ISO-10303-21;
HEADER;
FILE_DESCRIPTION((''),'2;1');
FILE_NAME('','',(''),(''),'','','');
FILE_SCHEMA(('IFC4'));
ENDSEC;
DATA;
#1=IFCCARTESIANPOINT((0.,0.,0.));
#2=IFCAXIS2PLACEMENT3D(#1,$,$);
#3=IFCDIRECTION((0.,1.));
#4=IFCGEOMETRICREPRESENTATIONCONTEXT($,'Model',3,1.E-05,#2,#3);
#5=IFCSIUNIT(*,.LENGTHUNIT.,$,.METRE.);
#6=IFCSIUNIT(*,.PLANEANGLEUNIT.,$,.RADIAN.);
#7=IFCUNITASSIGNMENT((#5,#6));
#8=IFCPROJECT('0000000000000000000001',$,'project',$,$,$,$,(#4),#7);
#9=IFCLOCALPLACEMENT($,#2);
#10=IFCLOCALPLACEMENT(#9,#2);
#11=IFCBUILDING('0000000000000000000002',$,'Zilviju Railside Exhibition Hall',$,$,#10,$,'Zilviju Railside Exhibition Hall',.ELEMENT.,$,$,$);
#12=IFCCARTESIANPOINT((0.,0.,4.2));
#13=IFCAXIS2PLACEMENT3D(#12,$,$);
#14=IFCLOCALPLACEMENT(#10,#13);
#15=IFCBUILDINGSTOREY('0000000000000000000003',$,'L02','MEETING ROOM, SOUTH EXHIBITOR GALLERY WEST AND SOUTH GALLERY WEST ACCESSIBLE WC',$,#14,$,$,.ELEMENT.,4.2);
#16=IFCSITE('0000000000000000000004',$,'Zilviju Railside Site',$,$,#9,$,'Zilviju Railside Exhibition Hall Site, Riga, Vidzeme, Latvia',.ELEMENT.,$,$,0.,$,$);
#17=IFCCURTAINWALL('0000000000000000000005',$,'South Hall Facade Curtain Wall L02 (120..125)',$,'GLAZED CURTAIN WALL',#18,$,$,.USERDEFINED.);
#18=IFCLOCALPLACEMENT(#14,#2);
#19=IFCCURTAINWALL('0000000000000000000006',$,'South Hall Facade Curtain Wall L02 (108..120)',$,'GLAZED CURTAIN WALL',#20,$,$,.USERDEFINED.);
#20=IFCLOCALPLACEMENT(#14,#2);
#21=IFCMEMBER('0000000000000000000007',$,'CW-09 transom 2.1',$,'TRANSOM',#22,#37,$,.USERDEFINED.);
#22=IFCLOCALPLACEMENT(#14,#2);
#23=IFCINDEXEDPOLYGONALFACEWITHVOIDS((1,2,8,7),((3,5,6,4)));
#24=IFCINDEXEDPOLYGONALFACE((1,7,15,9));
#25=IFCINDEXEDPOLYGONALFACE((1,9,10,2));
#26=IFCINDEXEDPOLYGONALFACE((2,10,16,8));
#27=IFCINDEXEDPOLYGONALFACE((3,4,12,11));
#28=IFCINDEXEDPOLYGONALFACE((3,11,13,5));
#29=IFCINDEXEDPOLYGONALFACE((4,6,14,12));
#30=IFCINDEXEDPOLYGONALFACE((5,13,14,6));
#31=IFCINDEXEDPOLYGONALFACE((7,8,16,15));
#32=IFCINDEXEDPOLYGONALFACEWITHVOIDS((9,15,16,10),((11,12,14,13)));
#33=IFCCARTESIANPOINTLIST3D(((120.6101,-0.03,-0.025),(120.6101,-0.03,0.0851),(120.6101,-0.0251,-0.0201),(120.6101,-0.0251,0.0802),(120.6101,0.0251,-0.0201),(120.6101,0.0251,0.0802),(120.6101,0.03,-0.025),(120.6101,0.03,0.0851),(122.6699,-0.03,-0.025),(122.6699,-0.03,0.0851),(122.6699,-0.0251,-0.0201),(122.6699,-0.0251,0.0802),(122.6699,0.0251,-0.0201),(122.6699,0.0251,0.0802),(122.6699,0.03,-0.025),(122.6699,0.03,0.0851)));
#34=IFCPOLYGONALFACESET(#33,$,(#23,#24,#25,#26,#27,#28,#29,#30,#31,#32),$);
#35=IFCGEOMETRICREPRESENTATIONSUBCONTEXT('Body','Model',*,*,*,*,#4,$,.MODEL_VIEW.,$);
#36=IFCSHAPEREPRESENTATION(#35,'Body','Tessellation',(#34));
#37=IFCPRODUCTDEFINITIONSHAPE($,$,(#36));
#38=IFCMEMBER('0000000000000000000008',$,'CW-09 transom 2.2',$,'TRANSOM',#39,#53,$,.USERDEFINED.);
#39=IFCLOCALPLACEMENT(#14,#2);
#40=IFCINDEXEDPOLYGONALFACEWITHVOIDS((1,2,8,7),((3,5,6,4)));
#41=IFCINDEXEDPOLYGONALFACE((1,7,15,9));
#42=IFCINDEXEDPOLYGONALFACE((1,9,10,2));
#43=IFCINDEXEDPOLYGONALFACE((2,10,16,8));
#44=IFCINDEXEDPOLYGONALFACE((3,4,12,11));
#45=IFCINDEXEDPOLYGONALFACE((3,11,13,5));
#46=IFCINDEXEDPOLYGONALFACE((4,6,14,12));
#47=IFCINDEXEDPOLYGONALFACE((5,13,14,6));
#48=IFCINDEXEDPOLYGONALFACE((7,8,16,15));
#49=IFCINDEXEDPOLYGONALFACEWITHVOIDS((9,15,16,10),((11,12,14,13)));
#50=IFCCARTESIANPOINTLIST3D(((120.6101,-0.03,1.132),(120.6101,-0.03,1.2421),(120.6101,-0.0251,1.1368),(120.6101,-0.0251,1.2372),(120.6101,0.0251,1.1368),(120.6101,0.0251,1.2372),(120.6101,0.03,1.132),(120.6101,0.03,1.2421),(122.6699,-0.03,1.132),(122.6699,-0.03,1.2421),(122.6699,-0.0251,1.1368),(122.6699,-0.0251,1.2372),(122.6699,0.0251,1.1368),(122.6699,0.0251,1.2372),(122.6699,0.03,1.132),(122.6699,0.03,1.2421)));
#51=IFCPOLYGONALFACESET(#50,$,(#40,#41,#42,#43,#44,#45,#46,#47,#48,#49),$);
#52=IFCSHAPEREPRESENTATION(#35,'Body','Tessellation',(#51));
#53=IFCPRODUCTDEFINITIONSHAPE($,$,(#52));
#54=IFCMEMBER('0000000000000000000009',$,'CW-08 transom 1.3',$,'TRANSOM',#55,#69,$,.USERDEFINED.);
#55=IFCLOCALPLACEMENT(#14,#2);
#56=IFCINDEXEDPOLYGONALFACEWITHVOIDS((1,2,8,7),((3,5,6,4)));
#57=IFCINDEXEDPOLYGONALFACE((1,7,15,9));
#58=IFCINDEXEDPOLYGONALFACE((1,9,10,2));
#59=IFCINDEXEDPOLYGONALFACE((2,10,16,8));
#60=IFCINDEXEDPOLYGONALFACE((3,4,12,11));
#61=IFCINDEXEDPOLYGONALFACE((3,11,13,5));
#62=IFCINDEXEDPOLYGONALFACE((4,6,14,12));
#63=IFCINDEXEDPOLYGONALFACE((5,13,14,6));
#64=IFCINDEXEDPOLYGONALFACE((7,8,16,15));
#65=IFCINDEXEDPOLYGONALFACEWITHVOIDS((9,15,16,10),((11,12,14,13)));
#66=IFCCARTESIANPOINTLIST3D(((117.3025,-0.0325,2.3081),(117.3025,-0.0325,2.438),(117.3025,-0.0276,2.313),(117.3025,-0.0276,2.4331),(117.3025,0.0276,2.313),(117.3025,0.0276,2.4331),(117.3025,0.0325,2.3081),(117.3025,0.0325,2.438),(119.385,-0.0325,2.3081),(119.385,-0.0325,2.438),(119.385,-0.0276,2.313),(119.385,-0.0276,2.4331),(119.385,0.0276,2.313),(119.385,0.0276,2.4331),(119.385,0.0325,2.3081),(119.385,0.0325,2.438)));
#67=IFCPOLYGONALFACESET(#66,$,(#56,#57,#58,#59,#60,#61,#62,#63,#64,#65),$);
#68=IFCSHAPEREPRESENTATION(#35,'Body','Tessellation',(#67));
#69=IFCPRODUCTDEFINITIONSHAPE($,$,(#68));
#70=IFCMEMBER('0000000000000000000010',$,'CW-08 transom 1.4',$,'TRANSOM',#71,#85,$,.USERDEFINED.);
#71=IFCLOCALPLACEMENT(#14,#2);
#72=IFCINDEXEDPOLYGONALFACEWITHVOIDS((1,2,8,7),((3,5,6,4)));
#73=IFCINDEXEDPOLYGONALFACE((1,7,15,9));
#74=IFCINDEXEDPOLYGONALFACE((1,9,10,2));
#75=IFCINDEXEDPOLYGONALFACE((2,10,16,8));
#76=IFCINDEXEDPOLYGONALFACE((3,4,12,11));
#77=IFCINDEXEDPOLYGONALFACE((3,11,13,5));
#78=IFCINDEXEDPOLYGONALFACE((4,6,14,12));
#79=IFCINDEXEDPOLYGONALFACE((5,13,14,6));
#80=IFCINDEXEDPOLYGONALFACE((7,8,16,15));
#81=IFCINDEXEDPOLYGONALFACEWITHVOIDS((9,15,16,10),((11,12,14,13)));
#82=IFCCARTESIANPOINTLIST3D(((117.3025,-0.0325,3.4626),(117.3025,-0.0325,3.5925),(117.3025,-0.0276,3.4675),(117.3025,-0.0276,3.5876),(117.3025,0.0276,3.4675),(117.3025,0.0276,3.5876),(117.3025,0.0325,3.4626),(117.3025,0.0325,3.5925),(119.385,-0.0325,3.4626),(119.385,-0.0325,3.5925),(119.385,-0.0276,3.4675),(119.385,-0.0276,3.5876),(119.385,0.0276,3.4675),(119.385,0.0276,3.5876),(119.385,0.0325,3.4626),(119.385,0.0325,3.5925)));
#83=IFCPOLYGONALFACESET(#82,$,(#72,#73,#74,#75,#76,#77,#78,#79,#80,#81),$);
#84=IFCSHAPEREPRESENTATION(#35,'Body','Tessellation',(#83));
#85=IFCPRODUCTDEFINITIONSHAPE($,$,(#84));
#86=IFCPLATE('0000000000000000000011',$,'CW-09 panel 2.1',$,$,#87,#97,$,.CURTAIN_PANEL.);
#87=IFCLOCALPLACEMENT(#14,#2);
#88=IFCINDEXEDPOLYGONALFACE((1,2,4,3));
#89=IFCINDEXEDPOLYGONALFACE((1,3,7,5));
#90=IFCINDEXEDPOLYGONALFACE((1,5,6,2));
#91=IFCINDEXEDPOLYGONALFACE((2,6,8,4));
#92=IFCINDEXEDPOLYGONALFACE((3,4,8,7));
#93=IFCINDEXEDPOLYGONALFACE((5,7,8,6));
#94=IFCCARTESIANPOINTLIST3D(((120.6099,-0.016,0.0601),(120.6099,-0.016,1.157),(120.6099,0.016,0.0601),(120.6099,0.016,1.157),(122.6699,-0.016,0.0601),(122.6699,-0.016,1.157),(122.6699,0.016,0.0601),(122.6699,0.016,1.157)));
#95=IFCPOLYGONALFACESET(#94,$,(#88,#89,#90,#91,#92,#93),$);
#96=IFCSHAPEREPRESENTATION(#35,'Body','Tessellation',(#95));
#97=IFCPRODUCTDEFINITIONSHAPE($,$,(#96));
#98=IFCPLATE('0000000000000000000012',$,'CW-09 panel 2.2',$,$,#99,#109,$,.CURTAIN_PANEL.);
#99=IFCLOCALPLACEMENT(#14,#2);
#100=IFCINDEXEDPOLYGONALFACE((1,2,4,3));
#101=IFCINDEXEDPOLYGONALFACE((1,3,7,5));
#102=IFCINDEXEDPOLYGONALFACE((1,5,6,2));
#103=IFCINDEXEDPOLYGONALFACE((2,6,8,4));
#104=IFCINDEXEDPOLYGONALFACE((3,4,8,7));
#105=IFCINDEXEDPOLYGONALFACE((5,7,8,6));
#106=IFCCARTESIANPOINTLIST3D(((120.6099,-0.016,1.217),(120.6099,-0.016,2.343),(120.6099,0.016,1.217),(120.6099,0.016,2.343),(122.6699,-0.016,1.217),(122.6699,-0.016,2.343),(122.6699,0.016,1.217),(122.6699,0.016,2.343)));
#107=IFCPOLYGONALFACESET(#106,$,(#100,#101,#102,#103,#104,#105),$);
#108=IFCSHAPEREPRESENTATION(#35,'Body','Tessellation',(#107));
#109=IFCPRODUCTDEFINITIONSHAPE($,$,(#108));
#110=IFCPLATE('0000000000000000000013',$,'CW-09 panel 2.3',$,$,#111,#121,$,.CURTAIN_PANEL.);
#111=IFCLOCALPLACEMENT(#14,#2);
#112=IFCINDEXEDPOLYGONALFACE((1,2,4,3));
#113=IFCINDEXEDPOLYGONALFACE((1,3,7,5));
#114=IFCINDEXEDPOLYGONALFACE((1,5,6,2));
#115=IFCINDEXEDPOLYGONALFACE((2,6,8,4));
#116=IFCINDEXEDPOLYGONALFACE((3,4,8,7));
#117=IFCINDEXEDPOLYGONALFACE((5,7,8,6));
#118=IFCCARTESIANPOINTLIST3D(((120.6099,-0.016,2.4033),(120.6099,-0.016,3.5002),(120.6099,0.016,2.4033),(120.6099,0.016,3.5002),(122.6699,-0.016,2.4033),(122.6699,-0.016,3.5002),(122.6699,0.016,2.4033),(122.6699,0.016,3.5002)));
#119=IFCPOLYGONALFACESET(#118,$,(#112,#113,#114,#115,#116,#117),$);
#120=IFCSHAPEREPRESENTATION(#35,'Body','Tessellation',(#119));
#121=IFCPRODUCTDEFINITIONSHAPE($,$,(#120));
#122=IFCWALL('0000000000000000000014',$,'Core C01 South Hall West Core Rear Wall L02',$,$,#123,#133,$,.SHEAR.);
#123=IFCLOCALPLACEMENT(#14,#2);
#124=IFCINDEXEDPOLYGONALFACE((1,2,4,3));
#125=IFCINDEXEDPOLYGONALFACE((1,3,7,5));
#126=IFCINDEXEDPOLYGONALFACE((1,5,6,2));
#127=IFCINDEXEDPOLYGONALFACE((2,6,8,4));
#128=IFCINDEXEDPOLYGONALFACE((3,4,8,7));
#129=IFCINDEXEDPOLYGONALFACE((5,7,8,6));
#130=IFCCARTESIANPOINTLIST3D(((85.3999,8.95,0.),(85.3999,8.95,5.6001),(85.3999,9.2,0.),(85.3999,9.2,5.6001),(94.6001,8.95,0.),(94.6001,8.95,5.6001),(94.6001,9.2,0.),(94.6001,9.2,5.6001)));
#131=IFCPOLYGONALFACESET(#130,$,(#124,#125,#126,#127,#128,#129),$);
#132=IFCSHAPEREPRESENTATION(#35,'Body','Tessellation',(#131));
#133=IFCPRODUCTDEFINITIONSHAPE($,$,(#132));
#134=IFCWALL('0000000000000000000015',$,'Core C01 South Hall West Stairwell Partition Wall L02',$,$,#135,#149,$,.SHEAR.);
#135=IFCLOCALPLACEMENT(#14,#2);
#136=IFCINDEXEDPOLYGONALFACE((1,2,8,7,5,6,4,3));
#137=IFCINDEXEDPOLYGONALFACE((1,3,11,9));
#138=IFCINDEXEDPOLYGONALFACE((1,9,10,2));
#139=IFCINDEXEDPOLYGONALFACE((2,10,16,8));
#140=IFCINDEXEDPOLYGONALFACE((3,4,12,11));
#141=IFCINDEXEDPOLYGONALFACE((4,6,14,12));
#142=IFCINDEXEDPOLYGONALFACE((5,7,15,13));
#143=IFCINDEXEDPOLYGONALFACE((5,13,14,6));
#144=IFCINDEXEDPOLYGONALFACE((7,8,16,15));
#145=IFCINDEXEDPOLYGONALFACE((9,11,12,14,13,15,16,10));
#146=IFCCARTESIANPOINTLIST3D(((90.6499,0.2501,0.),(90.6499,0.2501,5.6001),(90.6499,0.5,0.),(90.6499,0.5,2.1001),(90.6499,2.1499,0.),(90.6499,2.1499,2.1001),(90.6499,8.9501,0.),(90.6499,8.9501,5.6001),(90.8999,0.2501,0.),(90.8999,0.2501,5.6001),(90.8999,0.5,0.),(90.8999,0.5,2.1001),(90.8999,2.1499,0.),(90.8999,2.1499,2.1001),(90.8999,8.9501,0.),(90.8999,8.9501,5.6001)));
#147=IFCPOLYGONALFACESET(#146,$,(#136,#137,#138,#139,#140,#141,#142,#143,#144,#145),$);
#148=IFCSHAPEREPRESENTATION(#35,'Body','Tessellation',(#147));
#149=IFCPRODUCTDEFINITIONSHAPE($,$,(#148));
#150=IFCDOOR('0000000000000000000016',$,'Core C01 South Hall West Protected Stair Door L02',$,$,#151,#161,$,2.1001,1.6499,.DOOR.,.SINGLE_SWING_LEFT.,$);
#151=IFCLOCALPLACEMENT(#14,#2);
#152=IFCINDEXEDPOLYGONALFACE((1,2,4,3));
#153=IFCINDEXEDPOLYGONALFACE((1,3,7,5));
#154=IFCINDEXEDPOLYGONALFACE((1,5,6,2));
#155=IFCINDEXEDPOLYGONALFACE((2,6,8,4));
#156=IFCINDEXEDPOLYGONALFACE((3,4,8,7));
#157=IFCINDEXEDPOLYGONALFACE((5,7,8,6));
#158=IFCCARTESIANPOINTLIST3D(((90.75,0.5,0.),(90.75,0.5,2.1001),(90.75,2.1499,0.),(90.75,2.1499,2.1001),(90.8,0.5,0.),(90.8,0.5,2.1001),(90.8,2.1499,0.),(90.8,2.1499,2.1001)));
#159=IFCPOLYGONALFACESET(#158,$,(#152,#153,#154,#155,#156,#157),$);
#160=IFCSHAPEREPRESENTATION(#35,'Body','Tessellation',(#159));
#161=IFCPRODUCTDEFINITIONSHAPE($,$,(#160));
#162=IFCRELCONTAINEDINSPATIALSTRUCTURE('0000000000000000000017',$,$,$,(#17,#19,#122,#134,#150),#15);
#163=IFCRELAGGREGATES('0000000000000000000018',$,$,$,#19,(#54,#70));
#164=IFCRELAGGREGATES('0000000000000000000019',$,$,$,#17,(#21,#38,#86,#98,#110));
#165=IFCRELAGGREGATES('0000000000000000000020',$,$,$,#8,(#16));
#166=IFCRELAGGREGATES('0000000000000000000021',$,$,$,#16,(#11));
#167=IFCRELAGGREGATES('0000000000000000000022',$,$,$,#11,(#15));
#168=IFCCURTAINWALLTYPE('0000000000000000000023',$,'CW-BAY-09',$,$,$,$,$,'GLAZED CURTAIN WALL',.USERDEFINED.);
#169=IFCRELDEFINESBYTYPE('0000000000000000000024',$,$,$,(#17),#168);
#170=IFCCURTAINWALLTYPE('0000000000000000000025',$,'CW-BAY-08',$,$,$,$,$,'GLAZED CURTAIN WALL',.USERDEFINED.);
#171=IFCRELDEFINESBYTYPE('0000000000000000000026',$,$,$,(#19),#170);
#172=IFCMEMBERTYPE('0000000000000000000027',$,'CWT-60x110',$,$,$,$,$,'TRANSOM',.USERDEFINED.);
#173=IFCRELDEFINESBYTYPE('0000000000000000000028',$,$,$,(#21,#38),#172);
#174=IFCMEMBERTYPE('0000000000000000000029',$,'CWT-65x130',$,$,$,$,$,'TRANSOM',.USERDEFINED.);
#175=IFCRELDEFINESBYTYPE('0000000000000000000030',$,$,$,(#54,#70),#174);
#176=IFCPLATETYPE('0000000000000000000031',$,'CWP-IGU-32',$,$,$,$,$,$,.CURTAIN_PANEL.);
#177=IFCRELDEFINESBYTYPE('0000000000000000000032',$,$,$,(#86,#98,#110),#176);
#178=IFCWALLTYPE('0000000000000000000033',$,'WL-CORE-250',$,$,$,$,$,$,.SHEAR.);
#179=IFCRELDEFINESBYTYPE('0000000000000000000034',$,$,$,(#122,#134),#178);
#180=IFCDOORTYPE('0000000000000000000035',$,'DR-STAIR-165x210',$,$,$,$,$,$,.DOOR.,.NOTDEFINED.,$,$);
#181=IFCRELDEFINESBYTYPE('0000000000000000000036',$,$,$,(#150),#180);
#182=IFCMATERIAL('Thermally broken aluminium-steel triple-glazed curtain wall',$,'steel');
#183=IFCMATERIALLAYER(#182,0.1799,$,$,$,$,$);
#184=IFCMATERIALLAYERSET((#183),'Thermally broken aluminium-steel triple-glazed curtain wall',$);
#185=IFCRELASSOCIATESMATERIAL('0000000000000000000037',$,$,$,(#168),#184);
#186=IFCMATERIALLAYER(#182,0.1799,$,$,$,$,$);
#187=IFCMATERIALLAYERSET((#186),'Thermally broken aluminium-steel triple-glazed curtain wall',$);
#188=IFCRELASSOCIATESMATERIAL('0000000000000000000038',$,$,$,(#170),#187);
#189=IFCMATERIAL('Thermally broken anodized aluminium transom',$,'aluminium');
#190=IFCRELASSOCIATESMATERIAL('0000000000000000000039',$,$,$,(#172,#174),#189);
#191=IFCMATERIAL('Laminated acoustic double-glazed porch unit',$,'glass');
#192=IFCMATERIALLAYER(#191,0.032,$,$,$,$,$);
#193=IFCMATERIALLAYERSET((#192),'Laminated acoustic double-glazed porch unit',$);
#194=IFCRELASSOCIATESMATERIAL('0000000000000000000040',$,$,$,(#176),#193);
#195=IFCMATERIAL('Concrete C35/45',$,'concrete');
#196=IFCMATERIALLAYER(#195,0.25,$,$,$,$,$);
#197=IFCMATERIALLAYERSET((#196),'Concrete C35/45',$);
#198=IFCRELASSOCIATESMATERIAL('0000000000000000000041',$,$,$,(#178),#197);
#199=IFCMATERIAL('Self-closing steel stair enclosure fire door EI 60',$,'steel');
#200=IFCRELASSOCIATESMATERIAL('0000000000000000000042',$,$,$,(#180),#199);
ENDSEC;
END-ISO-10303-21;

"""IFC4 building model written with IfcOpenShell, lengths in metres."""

from ifc_helpers import new_model, si_unit, direction, frame, frame_2d, origin, origin_2d, place, context, subcontext, project, spatial, rectangle, hollow_rectangle, extrude, material, layer, layer_set, material_profile, profile_set, type_object, element, fill, aggregate, save


model = new_model("IFC4")

# Units and contexts
model_context = context("Model", 3, precision=1e-05, world=origin(), true_north=direction((0.0, 1.0)))
body_context = subcontext(model_context, "Body", "Model", "MODEL_VIEW")
ifc_project = project(units=[si_unit("LENGTHUNIT", "METRE"), si_unit("PLANEANGLEUNIT", "RADIAN")], contexts=[model_context])

# Site, building, storey
site_placement = place(None, origin())
site = spatial("IfcSite", under=ifc_project, at=site_placement, Name="Zilviju Railside Site", LongName="Zilviju Railside Exhibition Hall Site, Riga, Vidzeme, Latvia", CompositionType="ELEMENT", RefElevation=0.0)
building_placement = place(site_placement, origin())
building = spatial("IfcBuilding", under=site, at=building_placement, Name="Zilviju Railside Exhibition Hall", LongName="Zilviju Railside Exhibition Hall", CompositionType="ELEMENT")
storey_placement = place(building_placement, frame((0.0, 0.0, 4.2)))
storey = spatial("IfcBuildingStorey", under=building, at=storey_placement, Name="L02", Description="MEETING ROOM, SOUTH EXHIBITOR GALLERY WEST AND SOUTH GALLERY WEST ACCESSIBLE WC", CompositionType="ELEMENT", Elevation=4.2)

# Curtain walls
ifc_material_1 = material(Name="Thermally broken aluminium-steel triple-glazed curtain wall", Category="steel")
ifc_layer_1 = layer(ifc_material_1, 0.1799)
ifc_layer_set_1 = layer_set([ifc_layer_1], Name="Thermally broken aluminium-steel triple-glazed curtain wall")
curtain_wall_type_1 = type_object("IfcCurtainWallType", Name="CW-BAY-09", ElementType="GLAZED CURTAIN WALL", PredefinedType="USERDEFINED", material=ifc_layer_set_1)
curtain_wall_1_placement = place(storey_placement, origin())
curtain_wall_1 = element("IfcCurtainWall", 1, at=curtain_wall_1_placement, inside=storey, type_object=curtain_wall_type_1, Name="South Hall Facade Curtain Wall L02 (120..125)", ObjectType="GLAZED CURTAIN WALL", PredefinedType="USERDEFINED")
ifc_layer_2 = layer(ifc_material_1, 0.1799)
ifc_layer_set_2 = layer_set([ifc_layer_2], Name="Thermally broken aluminium-steel triple-glazed curtain wall")
curtain_wall_type_2 = type_object("IfcCurtainWallType", Name="CW-BAY-08", ElementType="GLAZED CURTAIN WALL", PredefinedType="USERDEFINED", material=ifc_layer_set_2)
curtain_wall_2_placement = place(storey_placement, origin())
curtain_wall_2 = element("IfcCurtainWall", 2, at=curtain_wall_2_placement, inside=storey, type_object=curtain_wall_type_2, Name="South Hall Facade Curtain Wall L02 (108..120)", ObjectType="GLAZED CURTAIN WALL", PredefinedType="USERDEFINED")

# Members
ifc_material_2 = material(Name="Thermally broken anodized aluminium transom", Category="aluminium")
ifc_material_profile_1 = material_profile(ifc_material_2, hollow_rectangle(XDim=0.0601, YDim=0.1101, WallThickness=0.0049, at=origin_2d()), Name="TRANSOM 110x60x5")
ifc_profile_set_1 = profile_set([ifc_material_profile_1], Name="Thermally broken anodized aluminium transom")
member_type_1 = type_object("IfcMemberType", Name="CWT-60x110", ElementType="TRANSOM", PredefinedType="USERDEFINED", material=ifc_profile_set_1)
member_1_placement = place(storey_placement, frame((122.6699, 0.0, 0.03), z_axis=(-1.0, 0.0, 0.0), x_axis=(0.0, -1.0, 0.0)))
member_1 = element("IfcMember", 3, at=member_1_placement, type_object=member_type_1, Name="CW-09 transom 2.1", ObjectType="TRANSOM", PredefinedType="USERDEFINED", context=body_context, shape_type="SweptSolid", body=[
    extrude(hollow_rectangle(XDim=0.0601, YDim=0.1101, WallThickness=0.0049, at=origin_2d()), origin(), (0.0, 0.0, 1.0), 2.0598),
])
member_2_placement = place(storey_placement, frame((122.6699, 0.0, 1.187), z_axis=(-1.0, 0.0, 0.0), x_axis=(0.0, -1.0, 0.0)))
member_2 = element("IfcMember", 4, at=member_2_placement, type_object=member_type_1, Name="CW-09 transom 2.2", ObjectType="TRANSOM", PredefinedType="USERDEFINED", context=body_context, shape_type="SweptSolid", body=[
    extrude(hollow_rectangle(XDim=0.0601, YDim=0.1101, WallThickness=0.0049, at=origin_2d()), origin(), (0.0, 0.0, 1.0), 2.0598),
])
ifc_material_profile_2 = material_profile(ifc_material_2, hollow_rectangle(XDim=0.0649, YDim=0.1299, WallThickness=0.0049, at=origin_2d()), Name="TRANSOM 130x65x5")
ifc_profile_set_2 = profile_set([ifc_material_profile_2], Name="Thermally broken anodized aluminium transom")
member_type_2 = type_object("IfcMemberType", Name="CWT-65x130", ElementType="TRANSOM", PredefinedType="USERDEFINED", material=ifc_profile_set_2)
member_3_placement = place(storey_placement, frame((119.385, 0.0, 2.373), z_axis=(-1.0, 0.0, 0.0), x_axis=(0.0, -1.0, 0.0)))
member_3 = element("IfcMember", 5, at=member_3_placement, type_object=member_type_2, Name="CW-08 transom 1.3", ObjectType="TRANSOM", PredefinedType="USERDEFINED", context=body_context, shape_type="SweptSolid", body=[
    extrude(hollow_rectangle(XDim=0.0649, YDim=0.1299, WallThickness=0.0049, at=origin_2d()), origin(), (0.0, 0.0, 1.0), 2.0825),
])
member_4_placement = place(storey_placement, frame((119.385, 0.0, 3.5276), z_axis=(-1.0, 0.0, 0.0), x_axis=(0.0, -1.0, 0.0)))
member_4 = element("IfcMember", 6, at=member_4_placement, type_object=member_type_2, Name="CW-08 transom 1.4", ObjectType="TRANSOM", PredefinedType="USERDEFINED", context=body_context, shape_type="SweptSolid", body=[
    extrude(hollow_rectangle(XDim=0.0649, YDim=0.1299, WallThickness=0.0049, at=origin_2d()), origin(), (0.0, 0.0, 1.0), 2.0825),
])
aggregate(curtain_wall_2, [member_3, member_4])

# Plates
ifc_material_3 = material(Name="Laminated acoustic double-glazed porch unit", Category="glass")
ifc_layer_3 = layer(ifc_material_3, 0.032)
ifc_layer_set_3 = layer_set([ifc_layer_3], Name="Laminated acoustic double-glazed porch unit")
plate_type = type_object("IfcPlateType", Name="CWP-IGU-32", PredefinedType="CURTAIN_PANEL", material=ifc_layer_set_3)
plate_1_placement = place(storey_placement, frame((121.6399, 0.0, 0.0601), z_axis=(0.0, 0.0, 1.0), x_axis=(-1.0, 0.0, 0.0)))
plate_1 = element("IfcPlate", 7, at=plate_1_placement, type_object=plate_type, Name="CW-09 panel 2.1", PredefinedType="CURTAIN_PANEL", context=body_context, shape_type="SweptSolid", body=[
    extrude(rectangle(XDim=2.0601, YDim=0.032, at=origin_2d()), origin(), (0.0, 0.0, 1.0), 1.0969),
])
plate_2_placement = place(storey_placement, frame((121.6399, 0.0, 1.217), z_axis=(0.0, 0.0, 1.0), x_axis=(-1.0, 0.0, 0.0)))
plate_2 = element("IfcPlate", 8, at=plate_2_placement, type_object=plate_type, Name="CW-09 panel 2.2", PredefinedType="CURTAIN_PANEL", context=body_context, shape_type="SweptSolid", body=[
    extrude(rectangle(XDim=2.0601, YDim=0.032, at=origin_2d()), origin(), (0.0, 0.0, 1.0), 1.126),
])
plate_3_placement = place(storey_placement, frame((121.6399, 0.0, 2.4033), z_axis=(0.0, 0.0, 1.0), x_axis=(-1.0, 0.0, 0.0)))
plate_3 = element("IfcPlate", 9, at=plate_3_placement, type_object=plate_type, Name="CW-09 panel 2.3", PredefinedType="CURTAIN_PANEL", context=body_context, shape_type="SweptSolid", body=[
    extrude(rectangle(XDim=2.0601, YDim=0.032, at=origin_2d()), origin(), (0.0, 0.0, 1.0), 1.0969),
])
aggregate(curtain_wall_1, [member_1, member_2, plate_1, plate_2, plate_3])

# Wall
ifc_material_4 = material(Name="Concrete C35/45", Category="concrete")
ifc_layer_4 = layer(ifc_material_4, 0.25)
ifc_layer_set_4 = layer_set([ifc_layer_4], Name="Concrete C35/45")
wall_type_1 = type_object("IfcWallType", Name="WL-CORE-250", PredefinedType="SHEAR", material=ifc_layer_set_4)
wall_1_placement = place(storey_placement, frame((85.3999, 9.075, 0.0), z_axis=(0.0, 0.0, 1.0), x_axis=(1.0, 0.0, 0.0)))
element("IfcWall", 10, at=wall_1_placement, inside=storey, type_object=wall_type_1, Name="Core C01 South Hall West Core Rear Wall L02", PredefinedType="SHEAR", context=body_context, shape_type="SweptSolid", body=[
    extrude(rectangle(XDim=9.2002, YDim=0.25, at=frame_2d((4.6001, 0.0))), origin(), (0.0, 0.0, 1.0), 5.6001),
])

# Wall, opening, door
wall_2_placement = place(storey_placement, frame((90.7749, 0.25, 0.0), z_axis=(0.0, 0.0, 1.0), x_axis=(0.0, 1.0, 0.0)))
wall_2 = element("IfcWall", 11, at=wall_2_placement, inside=storey, type_object=wall_type_1, Name="Core C01 South Hall West Stairwell Partition Wall L02", PredefinedType="SHEAR", context=body_context, shape_type="SweptSolid", body=[
    extrude(rectangle(XDim=8.7, YDim=0.25, at=frame_2d((4.3501, 0.0))), origin(), (0.0, 0.0, 1.0), 5.6001),
])
opening_1_placement = place(wall_2_placement, frame((0.25, 0.0, 0.0)))
opening_1 = element("IfcOpeningElement", 12, at=opening_1_placement, cuts=wall_2, PredefinedType="OPENING", context=body_context, shape_type="SweptSolid", body=[
    extrude(rectangle(XDim=1.6499, YDim=2.1001, at=frame_2d((0.825, 1.05))), frame((0.0, 0.135, 0.0), z_axis=(0.0, -1.0, 0.0), x_axis=(1.0, 0.0, 0.0)), (0.0, 0.0, 1.0), 0.27),
])
ifc_material_5 = material(Name="Self-closing steel stair enclosure fire door EI 60", Category="steel")
door_type_1 = type_object("IfcDoorType", Name="DR-STAIR-165x210", OperationType="NOTDEFINED", PredefinedType="DOOR", material=ifc_material_5)
door_1_placement = place(opening_1_placement, origin())
door_1 = element("IfcDoor", 13, at=door_1_placement, inside=storey, type_object=door_type_1, Name="Core C01 South Hall West Protected Stair Door L02", OperationType="SINGLE_SWING_LEFT", OverallHeight=2.1001, OverallWidth=1.6499, PredefinedType="DOOR", context=body_context, shape_type="SweptSolid", body=[
    extrude(rectangle(XDim=1.6499, YDim=2.1001, at=frame_2d((0.825, 1.05))), frame((0.0, 0.0249, 0.0), z_axis=(0.0, -1.0, 0.0), x_axis=(1.0, 0.0, 0.0)), (0.0, 0.0, 1.0), 0.05),
])
fill(opening_1, door_1)

save(model, "model.ifc")
